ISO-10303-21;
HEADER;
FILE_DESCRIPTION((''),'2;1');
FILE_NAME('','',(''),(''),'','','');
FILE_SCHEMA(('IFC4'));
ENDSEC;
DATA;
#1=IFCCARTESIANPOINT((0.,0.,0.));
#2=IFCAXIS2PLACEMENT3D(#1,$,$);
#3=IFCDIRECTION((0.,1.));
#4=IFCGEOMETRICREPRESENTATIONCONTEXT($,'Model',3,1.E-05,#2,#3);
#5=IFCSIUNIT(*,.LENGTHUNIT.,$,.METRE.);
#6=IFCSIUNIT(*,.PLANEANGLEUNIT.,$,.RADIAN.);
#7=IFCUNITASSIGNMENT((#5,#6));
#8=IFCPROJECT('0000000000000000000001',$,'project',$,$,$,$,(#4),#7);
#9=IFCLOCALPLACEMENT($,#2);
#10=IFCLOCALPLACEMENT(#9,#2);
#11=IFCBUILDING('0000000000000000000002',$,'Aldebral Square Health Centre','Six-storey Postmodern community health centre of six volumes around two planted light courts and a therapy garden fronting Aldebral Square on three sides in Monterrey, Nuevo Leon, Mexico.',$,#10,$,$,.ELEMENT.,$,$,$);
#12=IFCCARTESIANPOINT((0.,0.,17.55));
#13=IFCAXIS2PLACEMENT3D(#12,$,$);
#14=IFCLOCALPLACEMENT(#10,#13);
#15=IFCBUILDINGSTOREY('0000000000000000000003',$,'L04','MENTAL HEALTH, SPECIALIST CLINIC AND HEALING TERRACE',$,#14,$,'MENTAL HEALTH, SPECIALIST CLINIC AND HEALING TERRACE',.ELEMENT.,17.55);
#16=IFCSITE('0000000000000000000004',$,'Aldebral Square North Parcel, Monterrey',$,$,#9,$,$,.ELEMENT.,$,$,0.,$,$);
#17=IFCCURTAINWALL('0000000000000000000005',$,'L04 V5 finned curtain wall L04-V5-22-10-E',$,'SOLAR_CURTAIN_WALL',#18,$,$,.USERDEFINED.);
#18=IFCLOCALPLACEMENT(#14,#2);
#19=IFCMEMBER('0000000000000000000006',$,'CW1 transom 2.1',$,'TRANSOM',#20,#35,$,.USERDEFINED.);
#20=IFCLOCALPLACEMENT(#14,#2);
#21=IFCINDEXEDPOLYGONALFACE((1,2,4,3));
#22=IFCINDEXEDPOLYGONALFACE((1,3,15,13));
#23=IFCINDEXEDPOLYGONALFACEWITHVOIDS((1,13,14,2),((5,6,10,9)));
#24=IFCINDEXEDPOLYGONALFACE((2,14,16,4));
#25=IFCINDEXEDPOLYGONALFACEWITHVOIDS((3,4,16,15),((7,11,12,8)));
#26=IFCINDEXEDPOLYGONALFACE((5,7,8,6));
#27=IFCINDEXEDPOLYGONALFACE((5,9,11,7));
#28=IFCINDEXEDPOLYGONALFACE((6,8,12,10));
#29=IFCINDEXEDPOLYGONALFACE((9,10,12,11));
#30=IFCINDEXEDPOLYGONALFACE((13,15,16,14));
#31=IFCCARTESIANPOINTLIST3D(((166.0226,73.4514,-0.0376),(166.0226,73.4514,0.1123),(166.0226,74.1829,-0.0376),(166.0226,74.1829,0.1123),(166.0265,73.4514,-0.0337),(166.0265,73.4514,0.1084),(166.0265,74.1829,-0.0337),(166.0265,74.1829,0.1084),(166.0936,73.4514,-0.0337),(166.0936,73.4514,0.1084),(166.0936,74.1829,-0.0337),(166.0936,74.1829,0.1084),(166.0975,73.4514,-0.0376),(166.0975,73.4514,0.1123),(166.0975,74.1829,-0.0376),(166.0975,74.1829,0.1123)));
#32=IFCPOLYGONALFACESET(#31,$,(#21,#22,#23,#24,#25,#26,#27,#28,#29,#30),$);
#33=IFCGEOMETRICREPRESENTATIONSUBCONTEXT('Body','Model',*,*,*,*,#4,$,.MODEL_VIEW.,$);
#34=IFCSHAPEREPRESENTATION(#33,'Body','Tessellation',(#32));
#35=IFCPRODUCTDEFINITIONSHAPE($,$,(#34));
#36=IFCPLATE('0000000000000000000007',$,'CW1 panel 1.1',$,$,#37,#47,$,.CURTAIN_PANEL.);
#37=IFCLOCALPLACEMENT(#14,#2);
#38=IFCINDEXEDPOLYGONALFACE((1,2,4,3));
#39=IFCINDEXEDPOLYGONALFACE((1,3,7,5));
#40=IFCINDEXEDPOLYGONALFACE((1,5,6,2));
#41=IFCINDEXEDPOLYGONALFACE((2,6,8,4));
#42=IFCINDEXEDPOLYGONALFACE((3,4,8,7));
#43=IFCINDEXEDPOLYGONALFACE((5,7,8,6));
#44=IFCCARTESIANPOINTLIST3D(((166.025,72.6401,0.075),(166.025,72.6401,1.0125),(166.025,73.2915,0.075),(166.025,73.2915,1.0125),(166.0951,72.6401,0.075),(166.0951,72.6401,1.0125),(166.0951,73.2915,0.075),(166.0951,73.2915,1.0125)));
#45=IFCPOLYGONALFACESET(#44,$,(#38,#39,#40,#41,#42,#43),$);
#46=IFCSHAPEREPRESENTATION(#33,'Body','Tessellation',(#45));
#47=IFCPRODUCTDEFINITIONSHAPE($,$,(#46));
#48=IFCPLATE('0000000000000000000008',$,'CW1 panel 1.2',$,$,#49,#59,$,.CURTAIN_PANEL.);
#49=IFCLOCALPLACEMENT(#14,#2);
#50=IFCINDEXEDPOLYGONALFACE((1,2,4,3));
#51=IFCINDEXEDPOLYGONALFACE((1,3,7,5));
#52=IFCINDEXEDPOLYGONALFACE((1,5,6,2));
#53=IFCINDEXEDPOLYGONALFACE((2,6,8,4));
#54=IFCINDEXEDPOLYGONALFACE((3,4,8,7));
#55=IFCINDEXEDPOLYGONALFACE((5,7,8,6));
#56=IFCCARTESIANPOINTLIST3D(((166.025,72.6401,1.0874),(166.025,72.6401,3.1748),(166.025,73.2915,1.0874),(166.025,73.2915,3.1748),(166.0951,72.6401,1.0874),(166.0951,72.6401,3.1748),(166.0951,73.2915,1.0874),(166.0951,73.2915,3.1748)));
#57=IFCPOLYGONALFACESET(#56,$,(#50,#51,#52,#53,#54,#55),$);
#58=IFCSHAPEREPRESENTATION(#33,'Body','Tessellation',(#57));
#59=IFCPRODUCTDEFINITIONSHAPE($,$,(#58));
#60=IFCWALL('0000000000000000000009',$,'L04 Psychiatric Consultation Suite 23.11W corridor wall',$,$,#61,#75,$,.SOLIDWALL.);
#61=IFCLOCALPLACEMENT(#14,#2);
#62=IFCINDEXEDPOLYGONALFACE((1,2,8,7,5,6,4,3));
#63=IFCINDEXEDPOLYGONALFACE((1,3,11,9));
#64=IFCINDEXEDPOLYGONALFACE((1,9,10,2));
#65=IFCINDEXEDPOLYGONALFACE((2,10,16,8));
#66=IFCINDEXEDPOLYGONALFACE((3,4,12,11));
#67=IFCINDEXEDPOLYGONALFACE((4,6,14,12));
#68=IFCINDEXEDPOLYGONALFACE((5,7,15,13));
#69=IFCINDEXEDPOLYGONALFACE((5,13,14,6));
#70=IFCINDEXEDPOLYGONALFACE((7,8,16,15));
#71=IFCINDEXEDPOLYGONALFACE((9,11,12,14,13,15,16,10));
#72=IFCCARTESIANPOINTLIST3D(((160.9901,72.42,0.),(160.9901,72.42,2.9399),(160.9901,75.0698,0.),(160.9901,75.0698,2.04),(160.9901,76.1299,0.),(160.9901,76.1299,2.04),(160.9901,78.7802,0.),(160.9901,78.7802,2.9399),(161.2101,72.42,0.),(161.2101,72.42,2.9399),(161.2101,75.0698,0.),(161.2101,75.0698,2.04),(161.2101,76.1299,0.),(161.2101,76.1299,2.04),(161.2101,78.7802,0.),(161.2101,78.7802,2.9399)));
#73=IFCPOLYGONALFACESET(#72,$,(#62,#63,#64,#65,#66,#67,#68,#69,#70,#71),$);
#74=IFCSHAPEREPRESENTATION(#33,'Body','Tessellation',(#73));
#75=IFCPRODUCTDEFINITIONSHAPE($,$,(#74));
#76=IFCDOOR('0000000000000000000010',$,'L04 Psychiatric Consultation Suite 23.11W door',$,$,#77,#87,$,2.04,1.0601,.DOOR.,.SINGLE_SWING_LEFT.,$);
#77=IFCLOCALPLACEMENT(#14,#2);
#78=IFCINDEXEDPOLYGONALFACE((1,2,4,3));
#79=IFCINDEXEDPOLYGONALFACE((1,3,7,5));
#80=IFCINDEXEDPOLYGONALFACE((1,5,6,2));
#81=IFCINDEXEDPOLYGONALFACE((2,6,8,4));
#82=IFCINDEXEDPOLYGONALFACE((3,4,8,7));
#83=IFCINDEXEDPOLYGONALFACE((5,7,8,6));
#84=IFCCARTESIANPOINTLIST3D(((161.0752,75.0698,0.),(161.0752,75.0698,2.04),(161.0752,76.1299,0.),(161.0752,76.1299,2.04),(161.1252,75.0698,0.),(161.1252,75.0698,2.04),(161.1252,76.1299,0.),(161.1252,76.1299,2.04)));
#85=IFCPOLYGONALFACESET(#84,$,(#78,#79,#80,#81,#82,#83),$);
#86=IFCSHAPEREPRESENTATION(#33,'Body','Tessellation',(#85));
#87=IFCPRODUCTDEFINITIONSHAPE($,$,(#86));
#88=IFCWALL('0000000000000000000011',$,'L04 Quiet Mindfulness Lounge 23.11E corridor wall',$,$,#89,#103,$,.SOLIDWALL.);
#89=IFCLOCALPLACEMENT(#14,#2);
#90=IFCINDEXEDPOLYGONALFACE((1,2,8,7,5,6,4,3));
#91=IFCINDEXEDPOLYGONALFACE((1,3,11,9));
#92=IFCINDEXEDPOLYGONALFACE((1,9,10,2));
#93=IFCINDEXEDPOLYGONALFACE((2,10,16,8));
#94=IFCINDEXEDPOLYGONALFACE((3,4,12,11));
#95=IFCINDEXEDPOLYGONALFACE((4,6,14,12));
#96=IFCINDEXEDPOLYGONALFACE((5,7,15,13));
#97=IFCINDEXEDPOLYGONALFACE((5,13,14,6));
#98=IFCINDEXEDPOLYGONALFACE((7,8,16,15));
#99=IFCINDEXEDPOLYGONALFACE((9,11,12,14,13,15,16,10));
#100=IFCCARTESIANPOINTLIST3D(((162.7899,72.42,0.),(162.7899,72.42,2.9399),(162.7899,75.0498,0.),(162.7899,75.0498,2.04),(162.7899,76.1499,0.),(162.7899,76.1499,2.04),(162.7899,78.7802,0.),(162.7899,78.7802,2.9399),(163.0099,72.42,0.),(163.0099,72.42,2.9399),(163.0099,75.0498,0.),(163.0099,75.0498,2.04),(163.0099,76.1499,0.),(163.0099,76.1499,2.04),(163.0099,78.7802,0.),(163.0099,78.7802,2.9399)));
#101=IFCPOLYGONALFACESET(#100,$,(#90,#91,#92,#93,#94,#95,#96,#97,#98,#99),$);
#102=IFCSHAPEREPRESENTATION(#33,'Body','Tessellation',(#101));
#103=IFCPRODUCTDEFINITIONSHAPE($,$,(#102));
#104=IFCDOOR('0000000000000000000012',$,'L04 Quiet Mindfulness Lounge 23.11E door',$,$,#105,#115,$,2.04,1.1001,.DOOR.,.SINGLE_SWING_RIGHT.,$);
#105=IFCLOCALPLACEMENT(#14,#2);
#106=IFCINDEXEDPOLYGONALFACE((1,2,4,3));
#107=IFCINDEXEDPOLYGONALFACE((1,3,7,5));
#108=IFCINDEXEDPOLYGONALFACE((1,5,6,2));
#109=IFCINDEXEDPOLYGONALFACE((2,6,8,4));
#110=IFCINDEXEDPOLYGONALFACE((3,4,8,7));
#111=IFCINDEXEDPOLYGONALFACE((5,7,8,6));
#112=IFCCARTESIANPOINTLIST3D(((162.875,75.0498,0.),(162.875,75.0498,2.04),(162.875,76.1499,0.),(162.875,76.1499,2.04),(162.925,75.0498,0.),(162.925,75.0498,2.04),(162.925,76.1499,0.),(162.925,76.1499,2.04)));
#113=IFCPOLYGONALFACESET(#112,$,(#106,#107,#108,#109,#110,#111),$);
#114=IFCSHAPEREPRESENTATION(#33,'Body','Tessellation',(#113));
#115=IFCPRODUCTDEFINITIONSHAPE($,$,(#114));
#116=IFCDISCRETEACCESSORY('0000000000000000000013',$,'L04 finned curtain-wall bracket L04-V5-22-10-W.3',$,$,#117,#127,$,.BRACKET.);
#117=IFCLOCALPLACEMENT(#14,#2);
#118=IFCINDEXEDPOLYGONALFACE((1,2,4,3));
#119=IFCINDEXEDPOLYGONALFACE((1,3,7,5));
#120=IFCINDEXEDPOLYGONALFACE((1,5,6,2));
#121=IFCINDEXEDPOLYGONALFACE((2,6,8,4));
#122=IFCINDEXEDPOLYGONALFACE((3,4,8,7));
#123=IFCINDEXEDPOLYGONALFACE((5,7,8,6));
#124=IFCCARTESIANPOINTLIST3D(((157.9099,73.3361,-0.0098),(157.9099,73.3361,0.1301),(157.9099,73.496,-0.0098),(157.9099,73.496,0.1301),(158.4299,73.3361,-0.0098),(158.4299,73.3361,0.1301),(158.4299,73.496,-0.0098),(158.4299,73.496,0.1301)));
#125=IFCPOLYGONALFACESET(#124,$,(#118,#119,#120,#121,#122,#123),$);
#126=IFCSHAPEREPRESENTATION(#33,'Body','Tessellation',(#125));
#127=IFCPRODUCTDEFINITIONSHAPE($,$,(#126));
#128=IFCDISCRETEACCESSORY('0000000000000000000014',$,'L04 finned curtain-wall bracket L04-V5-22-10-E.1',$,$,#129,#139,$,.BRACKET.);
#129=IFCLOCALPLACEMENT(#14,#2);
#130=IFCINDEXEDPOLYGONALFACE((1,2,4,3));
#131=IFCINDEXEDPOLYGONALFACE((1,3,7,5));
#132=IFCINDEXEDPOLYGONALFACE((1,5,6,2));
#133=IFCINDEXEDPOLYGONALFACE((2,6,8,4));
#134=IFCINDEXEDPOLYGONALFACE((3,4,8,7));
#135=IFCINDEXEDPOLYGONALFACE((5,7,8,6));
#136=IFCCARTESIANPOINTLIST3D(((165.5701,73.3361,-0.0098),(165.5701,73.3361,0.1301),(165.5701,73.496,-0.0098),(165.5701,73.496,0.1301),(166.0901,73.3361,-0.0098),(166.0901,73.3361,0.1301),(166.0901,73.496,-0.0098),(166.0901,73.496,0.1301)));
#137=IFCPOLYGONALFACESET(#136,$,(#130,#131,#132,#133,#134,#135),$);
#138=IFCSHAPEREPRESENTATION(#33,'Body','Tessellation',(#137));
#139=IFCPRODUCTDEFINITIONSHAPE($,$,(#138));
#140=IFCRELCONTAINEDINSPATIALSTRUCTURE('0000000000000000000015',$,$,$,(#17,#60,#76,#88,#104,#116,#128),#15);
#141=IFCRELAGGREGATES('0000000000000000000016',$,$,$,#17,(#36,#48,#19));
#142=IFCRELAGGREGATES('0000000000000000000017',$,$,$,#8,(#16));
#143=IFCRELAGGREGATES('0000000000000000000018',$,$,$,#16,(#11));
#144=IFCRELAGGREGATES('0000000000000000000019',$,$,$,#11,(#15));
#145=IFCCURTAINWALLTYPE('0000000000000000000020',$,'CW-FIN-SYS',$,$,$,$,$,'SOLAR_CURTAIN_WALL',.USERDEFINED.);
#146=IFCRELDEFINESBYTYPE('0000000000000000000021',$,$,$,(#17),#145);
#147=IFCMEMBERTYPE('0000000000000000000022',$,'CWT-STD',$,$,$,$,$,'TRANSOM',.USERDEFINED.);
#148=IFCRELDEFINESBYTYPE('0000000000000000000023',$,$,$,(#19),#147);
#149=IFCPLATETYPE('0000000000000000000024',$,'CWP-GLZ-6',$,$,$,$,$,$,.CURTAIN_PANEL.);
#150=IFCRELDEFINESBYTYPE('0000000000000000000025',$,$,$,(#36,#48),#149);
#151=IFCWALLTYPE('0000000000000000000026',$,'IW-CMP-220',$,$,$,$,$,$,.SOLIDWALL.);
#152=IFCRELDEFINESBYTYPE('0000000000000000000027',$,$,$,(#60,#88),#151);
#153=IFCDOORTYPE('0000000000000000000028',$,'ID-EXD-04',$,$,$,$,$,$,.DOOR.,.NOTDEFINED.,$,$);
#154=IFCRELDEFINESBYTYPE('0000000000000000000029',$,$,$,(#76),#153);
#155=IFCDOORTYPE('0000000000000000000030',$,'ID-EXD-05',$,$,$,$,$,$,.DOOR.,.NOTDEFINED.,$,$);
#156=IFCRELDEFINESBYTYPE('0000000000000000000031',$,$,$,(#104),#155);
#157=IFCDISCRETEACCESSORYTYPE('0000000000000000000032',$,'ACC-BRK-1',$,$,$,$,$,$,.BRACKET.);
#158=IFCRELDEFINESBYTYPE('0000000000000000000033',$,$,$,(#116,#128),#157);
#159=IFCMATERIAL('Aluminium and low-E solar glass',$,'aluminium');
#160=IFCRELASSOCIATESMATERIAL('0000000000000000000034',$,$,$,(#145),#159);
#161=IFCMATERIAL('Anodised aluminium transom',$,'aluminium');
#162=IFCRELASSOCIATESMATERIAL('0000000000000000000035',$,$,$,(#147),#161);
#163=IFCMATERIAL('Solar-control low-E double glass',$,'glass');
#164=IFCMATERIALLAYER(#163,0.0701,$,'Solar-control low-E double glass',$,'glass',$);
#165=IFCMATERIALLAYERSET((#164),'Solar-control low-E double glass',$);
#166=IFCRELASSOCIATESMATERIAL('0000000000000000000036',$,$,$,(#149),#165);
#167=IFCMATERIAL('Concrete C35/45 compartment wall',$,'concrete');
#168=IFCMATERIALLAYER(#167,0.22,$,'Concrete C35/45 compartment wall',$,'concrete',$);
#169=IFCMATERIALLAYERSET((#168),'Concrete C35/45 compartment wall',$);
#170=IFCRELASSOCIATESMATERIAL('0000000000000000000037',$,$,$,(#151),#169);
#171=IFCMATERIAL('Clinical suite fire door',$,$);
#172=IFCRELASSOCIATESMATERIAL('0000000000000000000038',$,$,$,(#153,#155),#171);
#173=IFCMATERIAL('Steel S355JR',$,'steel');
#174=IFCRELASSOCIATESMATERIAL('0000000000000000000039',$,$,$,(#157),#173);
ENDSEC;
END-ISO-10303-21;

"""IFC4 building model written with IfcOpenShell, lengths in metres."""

from ifc_helpers import new_model, si_unit, direction, frame, frame_2d, origin, origin_2d, place, context, subcontext, project, spatial, rectangle, hollow_rectangle, extrude, material, layer, layer_set, material_profile, profile_set, type_object, element, fill, aggregate, save


model = new_model("IFC4")

# Units and contexts
model_context = context("Model", 3, precision=1e-05, world=origin(), true_north=direction((0.0, 1.0)))
body_context = subcontext(model_context, "Body", "Model", "MODEL_VIEW")
ifc_project = project(units=[si_unit("LENGTHUNIT", "METRE"), si_unit("PLANEANGLEUNIT", "RADIAN")], contexts=[model_context])

# Site, building, storey
site_placement = place(None, origin())
site = spatial("IfcSite", under=ifc_project, at=site_placement, Name="Aldebral Square North Parcel, Monterrey", CompositionType="ELEMENT", RefElevation=0.0)
building_placement = place(site_placement, origin())
building = spatial("IfcBuilding", under=site, at=building_placement, Name="Aldebral Square Health Centre", Description="Six-storey Postmodern community health centre of six volumes around two planted light courts and a therapy garden fronting Aldebral Square on three sides in Monterrey, Nuevo Leon, Mexico.", CompositionType="ELEMENT")
storey_placement = place(building_placement, frame((0.0, 0.0, 17.55)))
storey = spatial("IfcBuildingStorey", under=building, at=storey_placement, Name="L04", Description="MENTAL HEALTH, SPECIALIST CLINIC AND HEALING TERRACE", LongName="MENTAL HEALTH, SPECIALIST CLINIC AND HEALING TERRACE", CompositionType="ELEMENT", Elevation=17.55)

# Curtain wall, member, plates
ifc_material_1 = material(Name="Aluminium and low-E solar glass", Category="aluminium")
curtain_wall_type = type_object("IfcCurtainWallType", Name="CW-FIN-SYS", ElementType="SOLAR_CURTAIN_WALL", PredefinedType="USERDEFINED", material=ifc_material_1)
curtain_wall_placement = place(storey_placement, origin())
curtain_wall = element("IfcCurtainWall", 1, at=curtain_wall_placement, inside=storey, type_object=curtain_wall_type, Name="L04 V5 finned curtain wall L04-V5-22-10-E", ObjectType="SOLAR_CURTAIN_WALL", PredefinedType="USERDEFINED")
ifc_material_2 = material(Name="Anodised aluminium transom", Category="aluminium")
ifc_material_profile_1 = material_profile(ifc_material_2, hollow_rectangle(XDim=0.075, YDim=0.1499, WallThickness=0.0039, at=origin_2d()), Name="CWT 75x150x4")
ifc_profile_set_1 = profile_set([ifc_material_profile_1], Name="Anodised aluminium transom")
member_type_1 = type_object("IfcMemberType", Name="CWT-STD", ElementType="TRANSOM", PredefinedType="USERDEFINED", material=ifc_profile_set_1)
member_1_placement = place(storey_placement, frame((166.0601, 73.4514, 0.0374), z_axis=(0.0, 1.0, 0.0), x_axis=(-1.0, 0.0, 0.0)))
member_1 = element("IfcMember", 2, at=member_1_placement, type_object=member_type_1, Name="CW1 transom 2.1", ObjectType="TRANSOM", PredefinedType="USERDEFINED", context=body_context, shape_type="SweptSolid", body=[
    extrude(hollow_rectangle(XDim=0.075, YDim=0.1499, WallThickness=0.0039, at=origin_2d()), origin(), (0.0, 0.0, 1.0), 0.7314),
])
ifc_material_3 = material(Name="Solar-control low-E double glass", Category="glass")
ifc_layer_1 = layer(ifc_material_3, 0.0701, Name="Solar-control low-E double glass", Category="glass")
ifc_layer_set_1 = layer_set([ifc_layer_1], Name="Solar-control low-E double glass")
plate_type = type_object("IfcPlateType", Name="CWP-GLZ-6", PredefinedType="CURTAIN_PANEL", material=ifc_layer_set_1)
plate_1_placement = place(storey_placement, frame((166.0601, 72.9658, 0.075), z_axis=(0.0, 0.0, 1.0), x_axis=(0.0, 1.0, 0.0)))
plate_1 = element("IfcPlate", 3, at=plate_1_placement, type_object=plate_type, Name="CW1 panel 1.1", PredefinedType="CURTAIN_PANEL", context=body_context, shape_type="SweptSolid", body=[
    extrude(rectangle(XDim=0.6514, YDim=0.0701, at=origin_2d()), origin(), (0.0, 0.0, 1.0), 0.9375),
])
plate_2_placement = place(storey_placement, frame((166.0601, 72.9658, 1.0874), z_axis=(0.0, 0.0, 1.0), x_axis=(0.0, 1.0, 0.0)))
plate_2 = element("IfcPlate", 4, at=plate_2_placement, type_object=plate_type, Name="CW1 panel 1.2", PredefinedType="CURTAIN_PANEL", context=body_context, shape_type="SweptSolid", body=[
    extrude(rectangle(XDim=0.6514, YDim=0.0701, at=origin_2d()), origin(), (0.0, 0.0, 1.0), 2.0874),
])
aggregate(curtain_wall, [plate_1, plate_2, member_1])

# Walls, openings, doors
ifc_material_4 = material(Name="Concrete C35/45 compartment wall", Category="concrete")
ifc_layer_2 = layer(ifc_material_4, 0.22, Name="Concrete C35/45 compartment wall", Category="concrete")
ifc_layer_set_2 = layer_set([ifc_layer_2], Name="Concrete C35/45 compartment wall")
wall_type_1 = type_object("IfcWallType", Name="IW-CMP-220", PredefinedType="SOLIDWALL", material=ifc_layer_set_2)
wall_1_placement = place(storey_placement, frame((161.1001, 72.4199, 0.0), z_axis=(0.0, 0.0, 1.0), x_axis=(0.0, 1.0, 0.0)))
wall_1 = element("IfcWall", 5, at=wall_1_placement, inside=storey, type_object=wall_type_1, Name="L04 Psychiatric Consultation Suite 23.11W corridor wall", PredefinedType="SOLIDWALL", context=body_context, shape_type="SweptSolid", body=[
    extrude(rectangle(XDim=6.3601, YDim=0.22, at=frame_2d((3.1802, 0.0))), origin(), (0.0, 0.0, 1.0), 2.9399),
])
opening_1_placement = place(wall_1_placement, frame((2.6499, 0.0, 0.0)))
opening_1 = element("IfcOpeningElement", 6, at=opening_1_placement, cuts=wall_1, PredefinedType="OPENING", context=body_context, shape_type="SweptSolid", body=[
    extrude(rectangle(XDim=1.0601, YDim=2.04, at=frame_2d((0.53, 1.02))), frame((0.0, 0.1201, 0.0), z_axis=(0.0, -1.0, 0.0), x_axis=(1.0, 0.0, 0.0)), (0.0, 0.0, 1.0), 0.24),
])
ifc_material_5 = material(Name="Clinical suite fire door")
door_type_1 = type_object("IfcDoorType", Name="ID-EXD-04", OperationType="NOTDEFINED", PredefinedType="DOOR", material=ifc_material_5)
door_1_placement = place(opening_1_placement, origin())
door_1 = element("IfcDoor", 7, at=door_1_placement, inside=storey, type_object=door_type_1, Name="L04 Psychiatric Consultation Suite 23.11W door", OperationType="SINGLE_SWING_LEFT", OverallHeight=2.04, OverallWidth=1.0601, PredefinedType="DOOR", context=body_context, shape_type="SweptSolid", body=[
    extrude(rectangle(XDim=1.0601, YDim=2.04, at=frame_2d((0.53, 1.02))), frame((0.0, 0.0249, 0.0), z_axis=(0.0, -1.0, 0.0), x_axis=(1.0, 0.0, 0.0)), (0.0, 0.0, 1.0), 0.05),
])
fill(opening_1, door_1)
wall_2_placement = place(storey_placement, frame((162.8999, 72.4199, 0.0), z_axis=(0.0, 0.0, 1.0), x_axis=(0.0, 1.0, 0.0)))
wall_2 = element("IfcWall", 8, at=wall_2_placement, inside=storey, type_object=wall_type_1, Name="L04 Quiet Mindfulness Lounge 23.11E corridor wall", PredefinedType="SOLIDWALL", context=body_context, shape_type="SweptSolid", body=[
    extrude(rectangle(XDim=6.3601, YDim=0.22, at=frame_2d((3.1802, 0.0))), origin(), (0.0, 0.0, 1.0), 2.9399),
])
opening_2_placement = place(wall_2_placement, frame((2.6299, 0.0, 0.0)))
opening_2 = element("IfcOpeningElement", 9, at=opening_2_placement, cuts=wall_2, PredefinedType="OPENING", context=body_context, shape_type="SweptSolid", body=[
    extrude(rectangle(XDim=1.1001, YDim=2.04, at=frame_2d((0.55, 1.02))), frame((0.0, 0.1201, 0.0), z_axis=(0.0, -1.0, 0.0), x_axis=(1.0, 0.0, 0.0)), (0.0, 0.0, 1.0), 0.24),
])
door_type_2 = type_object("IfcDoorType", Name="ID-EXD-05", OperationType="NOTDEFINED", PredefinedType="DOOR", material=ifc_material_5)
door_2_placement = place(opening_2_placement, origin())
door_2 = element("IfcDoor", 10, at=door_2_placement, inside=storey, type_object=door_type_2, Name="L04 Quiet Mindfulness Lounge 23.11E door", OperationType="SINGLE_SWING_RIGHT", OverallHeight=2.04, OverallWidth=1.1001, PredefinedType="DOOR", context=body_context, shape_type="SweptSolid", body=[
    extrude(rectangle(XDim=1.1001, YDim=2.04, at=frame_2d((0.55, 1.02))), frame((0.0, 0.0249, 0.0), z_axis=(0.0, -1.0, 0.0), x_axis=(1.0, 0.0, 0.0)), (0.0, 0.0, 1.0), 0.05),
])
fill(opening_2, door_2)

# Discrete accessories
ifc_material_6 = material(Name="Steel S355JR", Category="steel")
discrete_accessory_type = type_object("IfcDiscreteAccessoryType", Name="ACC-BRK-1", PredefinedType="BRACKET", material=ifc_material_6)
for number, where, z_axis, x_axis, name in (
    (11, (158.1699, 73.416, -0.0098), (0.0, 0.0, 1.0), (0.0, 1.0, 0.0), "L04 finned curtain-wall bracket L04-V5-22-10-W.3"),
    (12, (165.8301, 73.416, -0.0098), (0.0, 0.0, 1.0), (0.0, 1.0, 0.0), "L04 finned curtain-wall bracket L04-V5-22-10-E.1"),
):
    element("IfcDiscreteAccessory", number, at=place(storey_placement, frame(where, z_axis=z_axis, x_axis=x_axis)), inside=storey, type_object=discrete_accessory_type, Name=name, PredefinedType="BRACKET", context=body_context, shape_type="SweptSolid", body=[
        extrude(rectangle(XDim=0.1599, YDim=0.52, at=origin_2d()), origin(), (0.0, 0.0, 1.0), 0.1399),
    ])

save(model, "model.ifc")
